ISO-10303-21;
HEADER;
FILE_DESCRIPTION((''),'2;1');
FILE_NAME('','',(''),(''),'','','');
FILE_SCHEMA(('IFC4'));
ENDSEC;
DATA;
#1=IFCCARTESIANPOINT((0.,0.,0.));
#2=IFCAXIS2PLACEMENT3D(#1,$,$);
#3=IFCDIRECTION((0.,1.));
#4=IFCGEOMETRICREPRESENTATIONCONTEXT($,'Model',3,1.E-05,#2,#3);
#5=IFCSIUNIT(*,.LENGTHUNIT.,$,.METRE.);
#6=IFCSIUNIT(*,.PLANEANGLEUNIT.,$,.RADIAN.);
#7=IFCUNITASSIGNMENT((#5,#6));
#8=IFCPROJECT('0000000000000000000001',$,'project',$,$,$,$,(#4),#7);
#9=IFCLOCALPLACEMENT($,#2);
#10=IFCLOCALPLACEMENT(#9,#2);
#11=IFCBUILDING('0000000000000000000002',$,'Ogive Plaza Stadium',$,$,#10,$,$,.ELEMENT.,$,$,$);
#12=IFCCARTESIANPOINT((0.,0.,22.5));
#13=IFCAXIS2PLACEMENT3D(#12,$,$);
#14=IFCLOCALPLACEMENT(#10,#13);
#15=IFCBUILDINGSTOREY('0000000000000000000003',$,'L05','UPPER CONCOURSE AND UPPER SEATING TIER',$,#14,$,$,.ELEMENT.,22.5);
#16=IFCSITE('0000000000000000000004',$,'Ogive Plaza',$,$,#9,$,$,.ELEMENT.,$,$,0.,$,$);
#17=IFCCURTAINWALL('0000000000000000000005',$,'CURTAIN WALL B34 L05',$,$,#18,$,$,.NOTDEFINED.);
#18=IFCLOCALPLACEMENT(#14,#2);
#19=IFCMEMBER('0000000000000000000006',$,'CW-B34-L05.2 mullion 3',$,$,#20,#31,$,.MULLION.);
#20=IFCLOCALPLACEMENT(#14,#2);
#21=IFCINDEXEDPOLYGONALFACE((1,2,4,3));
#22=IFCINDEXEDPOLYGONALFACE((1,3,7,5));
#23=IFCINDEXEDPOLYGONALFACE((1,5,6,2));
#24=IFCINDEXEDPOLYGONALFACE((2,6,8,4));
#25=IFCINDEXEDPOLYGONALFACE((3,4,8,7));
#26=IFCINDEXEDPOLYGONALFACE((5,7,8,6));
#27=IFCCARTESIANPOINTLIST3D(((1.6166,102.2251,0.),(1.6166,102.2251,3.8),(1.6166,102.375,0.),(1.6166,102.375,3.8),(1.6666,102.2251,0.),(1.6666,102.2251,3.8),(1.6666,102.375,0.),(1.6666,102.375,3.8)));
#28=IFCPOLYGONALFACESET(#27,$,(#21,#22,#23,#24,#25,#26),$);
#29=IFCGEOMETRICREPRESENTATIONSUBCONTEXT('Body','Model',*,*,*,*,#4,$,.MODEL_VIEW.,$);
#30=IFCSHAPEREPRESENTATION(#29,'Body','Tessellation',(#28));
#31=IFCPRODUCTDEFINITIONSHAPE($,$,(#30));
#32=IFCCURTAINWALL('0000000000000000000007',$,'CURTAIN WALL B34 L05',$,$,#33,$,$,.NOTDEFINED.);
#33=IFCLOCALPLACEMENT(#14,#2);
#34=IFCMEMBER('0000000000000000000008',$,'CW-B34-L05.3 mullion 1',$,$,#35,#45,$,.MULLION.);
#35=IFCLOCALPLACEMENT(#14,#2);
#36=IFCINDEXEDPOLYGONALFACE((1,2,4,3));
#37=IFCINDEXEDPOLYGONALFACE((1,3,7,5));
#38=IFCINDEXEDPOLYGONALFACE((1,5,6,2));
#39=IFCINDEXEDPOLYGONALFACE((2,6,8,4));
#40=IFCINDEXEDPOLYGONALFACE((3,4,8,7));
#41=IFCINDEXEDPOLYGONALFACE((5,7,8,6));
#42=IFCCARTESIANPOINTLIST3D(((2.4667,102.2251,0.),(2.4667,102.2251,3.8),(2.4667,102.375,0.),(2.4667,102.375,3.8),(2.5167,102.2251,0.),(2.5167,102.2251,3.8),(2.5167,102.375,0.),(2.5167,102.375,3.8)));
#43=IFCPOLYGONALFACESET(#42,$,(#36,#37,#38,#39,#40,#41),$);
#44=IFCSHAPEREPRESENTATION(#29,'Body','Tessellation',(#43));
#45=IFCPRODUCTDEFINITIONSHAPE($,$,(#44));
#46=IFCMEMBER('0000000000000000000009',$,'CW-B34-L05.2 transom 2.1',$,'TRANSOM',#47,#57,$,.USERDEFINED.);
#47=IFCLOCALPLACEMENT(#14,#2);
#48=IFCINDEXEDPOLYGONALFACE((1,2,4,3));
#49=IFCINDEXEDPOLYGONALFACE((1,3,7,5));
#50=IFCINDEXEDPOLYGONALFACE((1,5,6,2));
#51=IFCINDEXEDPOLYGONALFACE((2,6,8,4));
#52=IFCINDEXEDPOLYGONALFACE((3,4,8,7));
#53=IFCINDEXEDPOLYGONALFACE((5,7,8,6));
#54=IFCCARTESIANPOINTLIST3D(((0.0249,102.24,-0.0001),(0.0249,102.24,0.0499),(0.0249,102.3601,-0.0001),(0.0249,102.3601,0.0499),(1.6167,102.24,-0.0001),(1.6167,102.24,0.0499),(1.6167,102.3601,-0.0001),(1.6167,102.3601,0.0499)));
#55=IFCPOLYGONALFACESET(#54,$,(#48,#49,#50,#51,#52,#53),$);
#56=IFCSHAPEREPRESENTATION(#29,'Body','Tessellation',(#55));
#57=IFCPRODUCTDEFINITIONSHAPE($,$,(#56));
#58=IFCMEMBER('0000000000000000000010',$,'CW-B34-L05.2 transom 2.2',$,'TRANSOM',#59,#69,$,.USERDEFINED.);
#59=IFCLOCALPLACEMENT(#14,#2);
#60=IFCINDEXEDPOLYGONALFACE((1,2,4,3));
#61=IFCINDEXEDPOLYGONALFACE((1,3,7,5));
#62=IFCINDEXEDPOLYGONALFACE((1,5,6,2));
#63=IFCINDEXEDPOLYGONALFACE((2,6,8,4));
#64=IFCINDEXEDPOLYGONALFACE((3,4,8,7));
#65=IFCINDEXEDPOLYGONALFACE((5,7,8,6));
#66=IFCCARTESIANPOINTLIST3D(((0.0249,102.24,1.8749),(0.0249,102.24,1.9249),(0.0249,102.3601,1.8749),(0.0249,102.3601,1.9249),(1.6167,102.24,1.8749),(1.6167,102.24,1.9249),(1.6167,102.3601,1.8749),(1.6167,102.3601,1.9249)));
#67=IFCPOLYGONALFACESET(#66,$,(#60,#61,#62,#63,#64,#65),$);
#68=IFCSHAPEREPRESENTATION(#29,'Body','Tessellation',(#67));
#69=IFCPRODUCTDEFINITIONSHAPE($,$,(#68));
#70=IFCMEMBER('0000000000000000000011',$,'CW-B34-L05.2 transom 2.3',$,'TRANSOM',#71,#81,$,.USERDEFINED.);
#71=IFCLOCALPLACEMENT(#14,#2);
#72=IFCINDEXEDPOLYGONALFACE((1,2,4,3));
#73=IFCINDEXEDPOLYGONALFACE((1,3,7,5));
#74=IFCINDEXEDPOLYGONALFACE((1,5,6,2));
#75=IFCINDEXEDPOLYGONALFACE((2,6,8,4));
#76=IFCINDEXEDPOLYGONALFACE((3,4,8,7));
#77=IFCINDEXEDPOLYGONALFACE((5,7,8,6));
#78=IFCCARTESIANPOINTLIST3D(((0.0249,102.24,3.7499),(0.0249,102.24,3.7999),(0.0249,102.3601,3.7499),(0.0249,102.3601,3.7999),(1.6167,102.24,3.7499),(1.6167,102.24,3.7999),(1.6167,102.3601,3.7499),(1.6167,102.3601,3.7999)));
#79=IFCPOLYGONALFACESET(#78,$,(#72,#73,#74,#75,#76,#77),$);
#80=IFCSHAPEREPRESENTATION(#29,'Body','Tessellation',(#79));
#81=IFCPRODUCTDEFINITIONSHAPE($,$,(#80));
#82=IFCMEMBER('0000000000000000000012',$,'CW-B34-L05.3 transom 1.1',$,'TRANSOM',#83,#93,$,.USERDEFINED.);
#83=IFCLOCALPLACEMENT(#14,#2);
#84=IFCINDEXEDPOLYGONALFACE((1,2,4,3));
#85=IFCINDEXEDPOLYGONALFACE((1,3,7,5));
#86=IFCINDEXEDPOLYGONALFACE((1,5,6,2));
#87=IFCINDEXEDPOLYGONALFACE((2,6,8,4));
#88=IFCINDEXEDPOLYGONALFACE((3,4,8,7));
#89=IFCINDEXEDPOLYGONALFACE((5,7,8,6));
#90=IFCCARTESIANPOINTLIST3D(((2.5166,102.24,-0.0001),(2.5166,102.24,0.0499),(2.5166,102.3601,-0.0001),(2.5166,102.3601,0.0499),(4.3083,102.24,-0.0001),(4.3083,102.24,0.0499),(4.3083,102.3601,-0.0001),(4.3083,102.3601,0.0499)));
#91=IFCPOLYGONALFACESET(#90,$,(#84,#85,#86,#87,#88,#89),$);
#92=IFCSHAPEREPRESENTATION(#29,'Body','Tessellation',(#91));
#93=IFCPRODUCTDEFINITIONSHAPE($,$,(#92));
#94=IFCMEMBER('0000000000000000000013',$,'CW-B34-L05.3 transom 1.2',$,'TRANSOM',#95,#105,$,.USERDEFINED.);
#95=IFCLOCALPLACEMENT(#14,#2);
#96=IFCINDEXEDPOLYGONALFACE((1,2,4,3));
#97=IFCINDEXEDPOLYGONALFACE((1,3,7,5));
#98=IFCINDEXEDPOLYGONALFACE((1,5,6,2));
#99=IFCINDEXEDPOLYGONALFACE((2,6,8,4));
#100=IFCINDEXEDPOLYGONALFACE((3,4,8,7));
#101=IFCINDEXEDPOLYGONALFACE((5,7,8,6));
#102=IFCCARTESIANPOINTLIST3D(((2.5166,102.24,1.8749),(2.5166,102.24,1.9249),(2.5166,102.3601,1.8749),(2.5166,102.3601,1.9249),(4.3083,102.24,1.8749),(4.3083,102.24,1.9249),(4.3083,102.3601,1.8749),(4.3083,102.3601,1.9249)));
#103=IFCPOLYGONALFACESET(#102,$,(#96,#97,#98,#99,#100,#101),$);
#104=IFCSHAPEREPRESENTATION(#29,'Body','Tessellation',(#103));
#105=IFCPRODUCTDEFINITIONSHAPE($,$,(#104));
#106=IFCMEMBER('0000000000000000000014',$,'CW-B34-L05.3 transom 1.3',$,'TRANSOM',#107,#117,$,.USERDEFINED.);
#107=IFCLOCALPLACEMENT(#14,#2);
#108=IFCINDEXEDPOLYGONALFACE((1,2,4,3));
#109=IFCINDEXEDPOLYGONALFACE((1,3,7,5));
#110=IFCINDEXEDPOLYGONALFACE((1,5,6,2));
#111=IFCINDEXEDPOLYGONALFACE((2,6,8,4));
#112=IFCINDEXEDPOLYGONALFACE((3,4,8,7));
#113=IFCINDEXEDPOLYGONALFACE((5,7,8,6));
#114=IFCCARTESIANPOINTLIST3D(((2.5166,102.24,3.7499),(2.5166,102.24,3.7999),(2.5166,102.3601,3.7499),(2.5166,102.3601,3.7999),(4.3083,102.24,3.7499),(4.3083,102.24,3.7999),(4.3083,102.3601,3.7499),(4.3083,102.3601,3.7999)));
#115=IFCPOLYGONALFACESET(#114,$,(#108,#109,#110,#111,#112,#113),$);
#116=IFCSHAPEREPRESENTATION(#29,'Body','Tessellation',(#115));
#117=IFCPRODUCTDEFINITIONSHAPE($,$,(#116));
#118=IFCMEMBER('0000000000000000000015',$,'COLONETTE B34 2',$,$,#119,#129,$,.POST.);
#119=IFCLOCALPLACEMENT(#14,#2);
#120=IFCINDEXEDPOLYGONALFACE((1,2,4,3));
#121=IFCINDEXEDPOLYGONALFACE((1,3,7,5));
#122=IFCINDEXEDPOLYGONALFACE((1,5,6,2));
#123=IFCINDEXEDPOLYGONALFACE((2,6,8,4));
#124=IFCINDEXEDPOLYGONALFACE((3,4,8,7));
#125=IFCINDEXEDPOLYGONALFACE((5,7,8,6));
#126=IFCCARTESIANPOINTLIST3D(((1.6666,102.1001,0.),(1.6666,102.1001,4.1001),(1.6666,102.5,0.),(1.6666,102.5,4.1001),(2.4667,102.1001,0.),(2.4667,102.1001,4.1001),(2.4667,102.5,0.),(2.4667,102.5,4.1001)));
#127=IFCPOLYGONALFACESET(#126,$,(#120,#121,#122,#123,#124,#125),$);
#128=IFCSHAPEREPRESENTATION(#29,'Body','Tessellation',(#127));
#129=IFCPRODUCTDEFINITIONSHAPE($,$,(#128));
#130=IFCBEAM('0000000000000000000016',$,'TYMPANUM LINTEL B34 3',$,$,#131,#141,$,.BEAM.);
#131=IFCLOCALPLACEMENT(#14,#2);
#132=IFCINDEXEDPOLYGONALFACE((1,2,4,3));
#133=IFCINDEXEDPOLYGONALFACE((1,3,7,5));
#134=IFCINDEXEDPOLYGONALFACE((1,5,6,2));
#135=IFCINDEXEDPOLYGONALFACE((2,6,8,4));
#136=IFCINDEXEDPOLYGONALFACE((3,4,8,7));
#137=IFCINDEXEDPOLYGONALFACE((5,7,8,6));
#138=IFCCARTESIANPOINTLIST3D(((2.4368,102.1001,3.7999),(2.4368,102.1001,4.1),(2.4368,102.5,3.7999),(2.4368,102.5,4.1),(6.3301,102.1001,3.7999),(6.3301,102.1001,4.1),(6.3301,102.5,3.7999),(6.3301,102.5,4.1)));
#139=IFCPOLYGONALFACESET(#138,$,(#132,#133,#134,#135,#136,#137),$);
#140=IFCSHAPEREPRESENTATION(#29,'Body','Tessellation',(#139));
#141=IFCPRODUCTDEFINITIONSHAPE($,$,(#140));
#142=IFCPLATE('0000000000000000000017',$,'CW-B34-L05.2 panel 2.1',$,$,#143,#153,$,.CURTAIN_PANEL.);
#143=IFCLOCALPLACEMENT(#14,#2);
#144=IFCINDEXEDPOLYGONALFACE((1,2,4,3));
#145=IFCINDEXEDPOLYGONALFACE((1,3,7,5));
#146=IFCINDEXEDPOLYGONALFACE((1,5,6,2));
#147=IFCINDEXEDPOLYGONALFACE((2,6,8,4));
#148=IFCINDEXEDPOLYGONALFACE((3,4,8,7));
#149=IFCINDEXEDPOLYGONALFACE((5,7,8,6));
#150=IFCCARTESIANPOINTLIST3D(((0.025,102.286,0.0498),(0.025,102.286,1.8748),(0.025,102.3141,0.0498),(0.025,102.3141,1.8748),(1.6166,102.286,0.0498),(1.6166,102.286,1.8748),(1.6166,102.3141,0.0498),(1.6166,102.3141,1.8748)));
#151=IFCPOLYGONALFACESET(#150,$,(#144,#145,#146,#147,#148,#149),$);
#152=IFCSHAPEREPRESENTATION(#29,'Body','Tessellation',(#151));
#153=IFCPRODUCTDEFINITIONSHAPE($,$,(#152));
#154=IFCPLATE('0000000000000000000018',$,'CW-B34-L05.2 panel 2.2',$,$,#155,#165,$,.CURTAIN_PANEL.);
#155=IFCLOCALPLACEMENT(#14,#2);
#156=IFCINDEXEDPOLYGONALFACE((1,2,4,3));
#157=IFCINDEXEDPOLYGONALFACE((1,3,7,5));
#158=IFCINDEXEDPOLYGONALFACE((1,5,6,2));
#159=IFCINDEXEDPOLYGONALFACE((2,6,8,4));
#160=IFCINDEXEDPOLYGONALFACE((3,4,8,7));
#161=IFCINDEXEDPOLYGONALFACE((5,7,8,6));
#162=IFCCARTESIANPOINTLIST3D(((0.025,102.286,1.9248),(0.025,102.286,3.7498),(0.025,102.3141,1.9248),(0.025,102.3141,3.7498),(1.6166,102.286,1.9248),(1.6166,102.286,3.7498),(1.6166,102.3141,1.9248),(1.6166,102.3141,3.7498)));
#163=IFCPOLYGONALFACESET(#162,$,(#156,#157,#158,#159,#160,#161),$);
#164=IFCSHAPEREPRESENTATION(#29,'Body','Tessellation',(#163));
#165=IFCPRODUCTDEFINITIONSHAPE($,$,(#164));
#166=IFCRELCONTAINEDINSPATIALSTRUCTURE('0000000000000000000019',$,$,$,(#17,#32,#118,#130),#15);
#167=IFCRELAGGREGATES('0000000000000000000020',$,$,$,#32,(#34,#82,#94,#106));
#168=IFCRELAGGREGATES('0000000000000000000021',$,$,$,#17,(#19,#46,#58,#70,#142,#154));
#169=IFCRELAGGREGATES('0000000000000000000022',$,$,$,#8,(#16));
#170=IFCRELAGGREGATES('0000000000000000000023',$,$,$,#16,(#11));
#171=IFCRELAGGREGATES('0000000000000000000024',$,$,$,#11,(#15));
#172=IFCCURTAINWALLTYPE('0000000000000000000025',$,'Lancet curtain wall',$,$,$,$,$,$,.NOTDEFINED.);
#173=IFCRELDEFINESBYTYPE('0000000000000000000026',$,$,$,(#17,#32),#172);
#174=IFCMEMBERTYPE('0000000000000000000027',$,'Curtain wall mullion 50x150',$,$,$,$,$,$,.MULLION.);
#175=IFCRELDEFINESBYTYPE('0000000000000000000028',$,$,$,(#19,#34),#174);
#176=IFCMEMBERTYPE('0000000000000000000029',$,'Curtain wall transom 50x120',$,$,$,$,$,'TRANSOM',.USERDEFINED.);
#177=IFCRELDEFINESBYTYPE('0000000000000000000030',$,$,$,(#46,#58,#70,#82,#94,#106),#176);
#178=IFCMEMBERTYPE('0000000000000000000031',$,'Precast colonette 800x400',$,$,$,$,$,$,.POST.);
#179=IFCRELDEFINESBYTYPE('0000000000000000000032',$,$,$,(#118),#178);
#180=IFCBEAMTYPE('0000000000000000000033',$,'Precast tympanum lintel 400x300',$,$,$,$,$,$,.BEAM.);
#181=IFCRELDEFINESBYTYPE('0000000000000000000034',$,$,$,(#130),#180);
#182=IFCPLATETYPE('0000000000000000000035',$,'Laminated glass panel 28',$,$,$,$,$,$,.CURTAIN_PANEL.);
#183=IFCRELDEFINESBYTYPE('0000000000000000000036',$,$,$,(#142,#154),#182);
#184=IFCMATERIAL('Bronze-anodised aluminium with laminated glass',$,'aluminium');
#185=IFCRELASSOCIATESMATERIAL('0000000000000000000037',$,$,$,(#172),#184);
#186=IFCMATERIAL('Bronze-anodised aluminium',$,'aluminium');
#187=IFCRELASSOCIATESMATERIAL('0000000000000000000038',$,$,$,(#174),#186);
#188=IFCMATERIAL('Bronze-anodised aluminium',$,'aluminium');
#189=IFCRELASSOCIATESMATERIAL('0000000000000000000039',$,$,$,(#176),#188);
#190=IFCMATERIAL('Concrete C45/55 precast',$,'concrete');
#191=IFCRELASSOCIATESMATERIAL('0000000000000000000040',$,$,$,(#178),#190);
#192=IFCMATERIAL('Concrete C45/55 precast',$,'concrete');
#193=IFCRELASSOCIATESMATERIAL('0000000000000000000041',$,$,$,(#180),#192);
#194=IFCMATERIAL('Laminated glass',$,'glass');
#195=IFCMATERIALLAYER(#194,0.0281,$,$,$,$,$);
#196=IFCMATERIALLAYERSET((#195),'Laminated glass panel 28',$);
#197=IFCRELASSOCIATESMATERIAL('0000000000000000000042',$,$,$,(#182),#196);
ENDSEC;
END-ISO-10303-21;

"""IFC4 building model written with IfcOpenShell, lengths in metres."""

from ifc_helpers import new_model, si_unit, direction, frame, origin, origin_2d, place, context, subcontext, project, spatial, rectangle, extrude, material, layer, layer_set, material_profile, profile_set, type_object, element, aggregate, save


model = new_model("IFC4")

# Units and contexts
model_context = context("Model", 3, precision=1e-05, world=origin(), true_north=direction((0.0, 1.0)))
body_context = subcontext(model_context, "Body", "Model", "MODEL_VIEW")
ifc_project = project(units=[si_unit("LENGTHUNIT", "METRE"), si_unit("PLANEANGLEUNIT", "RADIAN")], contexts=[model_context])

# Site, building, storey
site_placement = place(None, origin())
site = spatial("IfcSite", under=ifc_project, at=site_placement, Name="Ogive Plaza", CompositionType="ELEMENT", RefElevation=0.0)
building_placement = place(site_placement, origin())
building = spatial("IfcBuilding", under=site, at=building_placement, Name="Ogive Plaza Stadium", CompositionType="ELEMENT")
storey_placement = place(building_placement, frame((0.0, 0.0, 22.5)))
storey = spatial("IfcBuildingStorey", under=building, at=storey_placement, Name="L05", Description="UPPER CONCOURSE AND UPPER SEATING TIER", CompositionType="ELEMENT", Elevation=22.5)

# Curtain walls, members
ifc_material_1 = material(Name="Bronze-anodised aluminium with laminated glass", Category="aluminium")
curtain_wall_type = type_object("IfcCurtainWallType", Name="Lancet curtain wall", PredefinedType="NOTDEFINED", material=ifc_material_1)
curtain_wall_1_placement = place(storey_placement, origin())
curtain_wall_1 = element("IfcCurtainWall", 1, at=curtain_wall_1_placement, inside=storey, type_object=curtain_wall_type, Name="CURTAIN WALL B34 L05", PredefinedType="NOTDEFINED")
ifc_material_2 = material(Name="Bronze-anodised aluminium", Category="aluminium")
ifc_material_profile_1 = material_profile(ifc_material_2, rectangle(XDim=0.1499, YDim=0.05, at=origin_2d()), Name="AL 150x50")
ifc_profile_set_1 = profile_set([ifc_material_profile_1], Name="Bronze-anodised aluminium")
member_type_1 = type_object("IfcMemberType", Name="Curtain wall mullion 50x150", PredefinedType="MULLION", material=ifc_profile_set_1)
member_1_placement = place(storey_placement, frame((1.6416, 102.3, 0.0), z_axis=(0.0, 0.0, 1.0), x_axis=(0.0, 1.0, 0.0)))
member_1 = element("IfcMember", 2, at=member_1_placement, type_object=member_type_1, Name="CW-B34-L05.2 mullion 3", PredefinedType="MULLION", context=body_context, shape_type="SweptSolid", body=[
    extrude(rectangle(XDim=0.1499, YDim=0.05, at=origin_2d()), origin(), (0.0, 0.0, 1.0), 3.8),
])
curtain_wall_2_placement = place(storey_placement, origin())
curtain_wall_2 = element("IfcCurtainWall", 3, at=curtain_wall_2_placement, inside=storey, type_object=curtain_wall_type, Name="CURTAIN WALL B34 L05", PredefinedType="NOTDEFINED")
member_2_placement = place(storey_placement, frame((2.4917, 102.3, 0.0), z_axis=(0.0, 0.0, 1.0), x_axis=(0.0, 1.0, 0.0)))
member_2 = element("IfcMember", 4, at=member_2_placement, type_object=member_type_1, Name="CW-B34-L05.3 mullion 1", PredefinedType="MULLION", context=body_context, shape_type="SweptSolid", body=[
    extrude(rectangle(XDim=0.1499, YDim=0.05, at=origin_2d()), origin(), (0.0, 0.0, 1.0), 3.8),
])

# Members
ifc_material_3 = material(Name="Bronze-anodised aluminium", Category="aluminium")
ifc_material_profile_2 = material_profile(ifc_material_3, rectangle(XDim=0.1201, YDim=0.05, at=origin_2d()), Name="AL 120x50")
ifc_profile_set_2 = profile_set([ifc_material_profile_2], Name="Bronze-anodised aluminium")
member_type_2 = type_object("IfcMemberType", Name="Curtain wall transom 50x120", ElementType="TRANSOM", PredefinedType="USERDEFINED", material=ifc_profile_set_2)
member_3_placement = place(storey_placement, frame((0.0249, 102.3, 0.0249), z_axis=(1.0, 0.0, 0.0), x_axis=(0.0, 1.0, 0.0)))
member_3 = element("IfcMember", 5, at=member_3_placement, type_object=member_type_2, Name="CW-B34-L05.2 transom 2.1", ObjectType="TRANSOM", PredefinedType="USERDEFINED", context=body_context, shape_type="SweptSolid", body=[
    extrude(rectangle(XDim=0.1201, YDim=0.05, at=origin_2d()), origin(), (0.0, 0.0, 1.0), 1.5918),
])
member_4_placement = place(storey_placement, frame((0.0249, 102.3, 1.8999), z_axis=(1.0, 0.0, 0.0), x_axis=(0.0, 1.0, 0.0)))
member_4 = element("IfcMember", 6, at=member_4_placement, type_object=member_type_2, Name="CW-B34-L05.2 transom 2.2", ObjectType="TRANSOM", PredefinedType="USERDEFINED", context=body_context, shape_type="SweptSolid", body=[
    extrude(rectangle(XDim=0.1201, YDim=0.05, at=origin_2d()), origin(), (0.0, 0.0, 1.0), 1.5918),
])
member_5_placement = place(storey_placement, frame((0.0249, 102.3, 3.7749), z_axis=(1.0, 0.0, 0.0), x_axis=(0.0, 1.0, 0.0)))
member_5 = element("IfcMember", 7, at=member_5_placement, type_object=member_type_2, Name="CW-B34-L05.2 transom 2.3", ObjectType="TRANSOM", PredefinedType="USERDEFINED", context=body_context, shape_type="SweptSolid", body=[
    extrude(rectangle(XDim=0.1201, YDim=0.05, at=origin_2d()), origin(), (0.0, 0.0, 1.0), 1.5918),
])
member_6_placement = place(storey_placement, frame((2.5166, 102.3, 0.0249), z_axis=(1.0, 0.0, 0.0), x_axis=(0.0, 1.0, 0.0)))
member_6 = element("IfcMember", 8, at=member_6_placement, type_object=member_type_2, Name="CW-B34-L05.3 transom 1.1", ObjectType="TRANSOM", PredefinedType="USERDEFINED", context=body_context, shape_type="SweptSolid", body=[
    extrude(rectangle(XDim=0.1201, YDim=0.05, at=origin_2d()), origin(), (0.0, 0.0, 1.0), 1.7917),
])
member_7_placement = place(storey_placement, frame((2.5166, 102.3, 1.8999), z_axis=(1.0, 0.0, 0.0), x_axis=(0.0, 1.0, 0.0)))
member_7 = element("IfcMember", 9, at=member_7_placement, type_object=member_type_2, Name="CW-B34-L05.3 transom 1.2", ObjectType="TRANSOM", PredefinedType="USERDEFINED", context=body_context, shape_type="SweptSolid", body=[
    extrude(rectangle(XDim=0.1201, YDim=0.05, at=origin_2d()), origin(), (0.0, 0.0, 1.0), 1.7917),
])
member_8_placement = place(storey_placement, frame((2.5166, 102.3, 3.7749), z_axis=(1.0, 0.0, 0.0), x_axis=(0.0, 1.0, 0.0)))
member_8 = element("IfcMember", 10, at=member_8_placement, type_object=member_type_2, Name="CW-B34-L05.3 transom 1.3", ObjectType="TRANSOM", PredefinedType="USERDEFINED", context=body_context, shape_type="SweptSolid", body=[
    extrude(rectangle(XDim=0.1201, YDim=0.05, at=origin_2d()), origin(), (0.0, 0.0, 1.0), 1.7917),
])
aggregate(curtain_wall_2, [member_2, member_6, member_7, member_8])
ifc_material_4 = material(Name="Concrete C45/55 precast", Category="concrete")
ifc_material_profile_3 = material_profile(ifc_material_4, rectangle(XDim=0.3999, YDim=0.8, at=origin_2d()), Name="RC 400x800")
ifc_profile_set_3 = profile_set([ifc_material_profile_3], Name="Concrete C45/55 precast")
member_type_3 = type_object("IfcMemberType", Name="Precast colonette 800x400", PredefinedType="POST", material=ifc_profile_set_3)
member_9_placement = place(storey_placement, frame((2.0667, 102.3, 0.0), z_axis=(0.0, 0.0, 1.0), x_axis=(0.0, 1.0, 0.0)))
element("IfcMember", 11, at=member_9_placement, inside=storey, type_object=member_type_3, Name="COLONETTE B34 2", PredefinedType="POST", context=body_context, shape_type="SweptSolid", body=[
    extrude(rectangle(XDim=0.3999, YDim=0.8, at=origin_2d()), origin(), (0.0, 0.0, 1.0), 4.1001),
])

# Beam
ifc_material_5 = material(Name="Concrete C45/55 precast", Category="concrete")
ifc_material_profile_4 = material_profile(ifc_material_5, rectangle(XDim=0.3999, YDim=0.3, at=origin_2d()), Name="RC 400x300")
ifc_profile_set_4 = profile_set([ifc_material_profile_4], Name="Concrete C45/55 precast")
beam_type = type_object("IfcBeamType", Name="Precast tympanum lintel 400x300", PredefinedType="BEAM", material=ifc_profile_set_4)
beam_placement = place(storey_placement, frame((2.4368, 102.3, 3.95), z_axis=(1.0, 0.0, 0.0), x_axis=(0.0, 1.0, 0.0)))
element("IfcBeam", 12, at=beam_placement, inside=storey, type_object=beam_type, Name="TYMPANUM LINTEL B34 3", PredefinedType="BEAM", context=body_context, shape_type="SweptSolid", body=[
    extrude(rectangle(XDim=0.3999, YDim=0.3, at=origin_2d()), origin(), (0.0, 0.0, 1.0), 3.8933),
])

# Plates
ifc_material_6 = material(Name="Laminated glass", Category="glass")
ifc_layer_1 = layer(ifc_material_6, 0.0281)
ifc_layer_set_1 = layer_set([ifc_layer_1], Name="Laminated glass panel 28")
plate_type = type_object("IfcPlateType", Name="Laminated glass panel 28", PredefinedType="CURTAIN_PANEL", material=ifc_layer_set_1)
plate_1_placement = place(storey_placement, frame((0.8208, 102.3, 0.0498), z_axis=(0.0, 0.0, 1.0), x_axis=(1.0, 0.0, 0.0)))
plate_1 = element("IfcPlate", 13, at=plate_1_placement, type_object=plate_type, Name="CW-B34-L05.2 panel 2.1", PredefinedType="CURTAIN_PANEL", context=body_context, shape_type="SweptSolid", body=[
    extrude(rectangle(XDim=1.5916, YDim=0.0281, at=origin_2d()), origin(), (0.0, 0.0, 1.0), 1.825),
])
plate_2_placement = place(storey_placement, frame((0.8208, 102.3, 1.9248), z_axis=(0.0, 0.0, 1.0), x_axis=(1.0, 0.0, 0.0)))
plate_2 = element("IfcPlate", 14, at=plate_2_placement, type_object=plate_type, Name="CW-B34-L05.2 panel 2.2", PredefinedType="CURTAIN_PANEL", context=body_context, shape_type="SweptSolid", body=[
    extrude(rectangle(XDim=1.5916, YDim=0.0281, at=origin_2d()), origin(), (0.0, 0.0, 1.0), 1.825),
])
aggregate(curtain_wall_1, [member_1, member_3, member_4, member_5, plate_1, plate_2])

save(model, "model.ifc")
